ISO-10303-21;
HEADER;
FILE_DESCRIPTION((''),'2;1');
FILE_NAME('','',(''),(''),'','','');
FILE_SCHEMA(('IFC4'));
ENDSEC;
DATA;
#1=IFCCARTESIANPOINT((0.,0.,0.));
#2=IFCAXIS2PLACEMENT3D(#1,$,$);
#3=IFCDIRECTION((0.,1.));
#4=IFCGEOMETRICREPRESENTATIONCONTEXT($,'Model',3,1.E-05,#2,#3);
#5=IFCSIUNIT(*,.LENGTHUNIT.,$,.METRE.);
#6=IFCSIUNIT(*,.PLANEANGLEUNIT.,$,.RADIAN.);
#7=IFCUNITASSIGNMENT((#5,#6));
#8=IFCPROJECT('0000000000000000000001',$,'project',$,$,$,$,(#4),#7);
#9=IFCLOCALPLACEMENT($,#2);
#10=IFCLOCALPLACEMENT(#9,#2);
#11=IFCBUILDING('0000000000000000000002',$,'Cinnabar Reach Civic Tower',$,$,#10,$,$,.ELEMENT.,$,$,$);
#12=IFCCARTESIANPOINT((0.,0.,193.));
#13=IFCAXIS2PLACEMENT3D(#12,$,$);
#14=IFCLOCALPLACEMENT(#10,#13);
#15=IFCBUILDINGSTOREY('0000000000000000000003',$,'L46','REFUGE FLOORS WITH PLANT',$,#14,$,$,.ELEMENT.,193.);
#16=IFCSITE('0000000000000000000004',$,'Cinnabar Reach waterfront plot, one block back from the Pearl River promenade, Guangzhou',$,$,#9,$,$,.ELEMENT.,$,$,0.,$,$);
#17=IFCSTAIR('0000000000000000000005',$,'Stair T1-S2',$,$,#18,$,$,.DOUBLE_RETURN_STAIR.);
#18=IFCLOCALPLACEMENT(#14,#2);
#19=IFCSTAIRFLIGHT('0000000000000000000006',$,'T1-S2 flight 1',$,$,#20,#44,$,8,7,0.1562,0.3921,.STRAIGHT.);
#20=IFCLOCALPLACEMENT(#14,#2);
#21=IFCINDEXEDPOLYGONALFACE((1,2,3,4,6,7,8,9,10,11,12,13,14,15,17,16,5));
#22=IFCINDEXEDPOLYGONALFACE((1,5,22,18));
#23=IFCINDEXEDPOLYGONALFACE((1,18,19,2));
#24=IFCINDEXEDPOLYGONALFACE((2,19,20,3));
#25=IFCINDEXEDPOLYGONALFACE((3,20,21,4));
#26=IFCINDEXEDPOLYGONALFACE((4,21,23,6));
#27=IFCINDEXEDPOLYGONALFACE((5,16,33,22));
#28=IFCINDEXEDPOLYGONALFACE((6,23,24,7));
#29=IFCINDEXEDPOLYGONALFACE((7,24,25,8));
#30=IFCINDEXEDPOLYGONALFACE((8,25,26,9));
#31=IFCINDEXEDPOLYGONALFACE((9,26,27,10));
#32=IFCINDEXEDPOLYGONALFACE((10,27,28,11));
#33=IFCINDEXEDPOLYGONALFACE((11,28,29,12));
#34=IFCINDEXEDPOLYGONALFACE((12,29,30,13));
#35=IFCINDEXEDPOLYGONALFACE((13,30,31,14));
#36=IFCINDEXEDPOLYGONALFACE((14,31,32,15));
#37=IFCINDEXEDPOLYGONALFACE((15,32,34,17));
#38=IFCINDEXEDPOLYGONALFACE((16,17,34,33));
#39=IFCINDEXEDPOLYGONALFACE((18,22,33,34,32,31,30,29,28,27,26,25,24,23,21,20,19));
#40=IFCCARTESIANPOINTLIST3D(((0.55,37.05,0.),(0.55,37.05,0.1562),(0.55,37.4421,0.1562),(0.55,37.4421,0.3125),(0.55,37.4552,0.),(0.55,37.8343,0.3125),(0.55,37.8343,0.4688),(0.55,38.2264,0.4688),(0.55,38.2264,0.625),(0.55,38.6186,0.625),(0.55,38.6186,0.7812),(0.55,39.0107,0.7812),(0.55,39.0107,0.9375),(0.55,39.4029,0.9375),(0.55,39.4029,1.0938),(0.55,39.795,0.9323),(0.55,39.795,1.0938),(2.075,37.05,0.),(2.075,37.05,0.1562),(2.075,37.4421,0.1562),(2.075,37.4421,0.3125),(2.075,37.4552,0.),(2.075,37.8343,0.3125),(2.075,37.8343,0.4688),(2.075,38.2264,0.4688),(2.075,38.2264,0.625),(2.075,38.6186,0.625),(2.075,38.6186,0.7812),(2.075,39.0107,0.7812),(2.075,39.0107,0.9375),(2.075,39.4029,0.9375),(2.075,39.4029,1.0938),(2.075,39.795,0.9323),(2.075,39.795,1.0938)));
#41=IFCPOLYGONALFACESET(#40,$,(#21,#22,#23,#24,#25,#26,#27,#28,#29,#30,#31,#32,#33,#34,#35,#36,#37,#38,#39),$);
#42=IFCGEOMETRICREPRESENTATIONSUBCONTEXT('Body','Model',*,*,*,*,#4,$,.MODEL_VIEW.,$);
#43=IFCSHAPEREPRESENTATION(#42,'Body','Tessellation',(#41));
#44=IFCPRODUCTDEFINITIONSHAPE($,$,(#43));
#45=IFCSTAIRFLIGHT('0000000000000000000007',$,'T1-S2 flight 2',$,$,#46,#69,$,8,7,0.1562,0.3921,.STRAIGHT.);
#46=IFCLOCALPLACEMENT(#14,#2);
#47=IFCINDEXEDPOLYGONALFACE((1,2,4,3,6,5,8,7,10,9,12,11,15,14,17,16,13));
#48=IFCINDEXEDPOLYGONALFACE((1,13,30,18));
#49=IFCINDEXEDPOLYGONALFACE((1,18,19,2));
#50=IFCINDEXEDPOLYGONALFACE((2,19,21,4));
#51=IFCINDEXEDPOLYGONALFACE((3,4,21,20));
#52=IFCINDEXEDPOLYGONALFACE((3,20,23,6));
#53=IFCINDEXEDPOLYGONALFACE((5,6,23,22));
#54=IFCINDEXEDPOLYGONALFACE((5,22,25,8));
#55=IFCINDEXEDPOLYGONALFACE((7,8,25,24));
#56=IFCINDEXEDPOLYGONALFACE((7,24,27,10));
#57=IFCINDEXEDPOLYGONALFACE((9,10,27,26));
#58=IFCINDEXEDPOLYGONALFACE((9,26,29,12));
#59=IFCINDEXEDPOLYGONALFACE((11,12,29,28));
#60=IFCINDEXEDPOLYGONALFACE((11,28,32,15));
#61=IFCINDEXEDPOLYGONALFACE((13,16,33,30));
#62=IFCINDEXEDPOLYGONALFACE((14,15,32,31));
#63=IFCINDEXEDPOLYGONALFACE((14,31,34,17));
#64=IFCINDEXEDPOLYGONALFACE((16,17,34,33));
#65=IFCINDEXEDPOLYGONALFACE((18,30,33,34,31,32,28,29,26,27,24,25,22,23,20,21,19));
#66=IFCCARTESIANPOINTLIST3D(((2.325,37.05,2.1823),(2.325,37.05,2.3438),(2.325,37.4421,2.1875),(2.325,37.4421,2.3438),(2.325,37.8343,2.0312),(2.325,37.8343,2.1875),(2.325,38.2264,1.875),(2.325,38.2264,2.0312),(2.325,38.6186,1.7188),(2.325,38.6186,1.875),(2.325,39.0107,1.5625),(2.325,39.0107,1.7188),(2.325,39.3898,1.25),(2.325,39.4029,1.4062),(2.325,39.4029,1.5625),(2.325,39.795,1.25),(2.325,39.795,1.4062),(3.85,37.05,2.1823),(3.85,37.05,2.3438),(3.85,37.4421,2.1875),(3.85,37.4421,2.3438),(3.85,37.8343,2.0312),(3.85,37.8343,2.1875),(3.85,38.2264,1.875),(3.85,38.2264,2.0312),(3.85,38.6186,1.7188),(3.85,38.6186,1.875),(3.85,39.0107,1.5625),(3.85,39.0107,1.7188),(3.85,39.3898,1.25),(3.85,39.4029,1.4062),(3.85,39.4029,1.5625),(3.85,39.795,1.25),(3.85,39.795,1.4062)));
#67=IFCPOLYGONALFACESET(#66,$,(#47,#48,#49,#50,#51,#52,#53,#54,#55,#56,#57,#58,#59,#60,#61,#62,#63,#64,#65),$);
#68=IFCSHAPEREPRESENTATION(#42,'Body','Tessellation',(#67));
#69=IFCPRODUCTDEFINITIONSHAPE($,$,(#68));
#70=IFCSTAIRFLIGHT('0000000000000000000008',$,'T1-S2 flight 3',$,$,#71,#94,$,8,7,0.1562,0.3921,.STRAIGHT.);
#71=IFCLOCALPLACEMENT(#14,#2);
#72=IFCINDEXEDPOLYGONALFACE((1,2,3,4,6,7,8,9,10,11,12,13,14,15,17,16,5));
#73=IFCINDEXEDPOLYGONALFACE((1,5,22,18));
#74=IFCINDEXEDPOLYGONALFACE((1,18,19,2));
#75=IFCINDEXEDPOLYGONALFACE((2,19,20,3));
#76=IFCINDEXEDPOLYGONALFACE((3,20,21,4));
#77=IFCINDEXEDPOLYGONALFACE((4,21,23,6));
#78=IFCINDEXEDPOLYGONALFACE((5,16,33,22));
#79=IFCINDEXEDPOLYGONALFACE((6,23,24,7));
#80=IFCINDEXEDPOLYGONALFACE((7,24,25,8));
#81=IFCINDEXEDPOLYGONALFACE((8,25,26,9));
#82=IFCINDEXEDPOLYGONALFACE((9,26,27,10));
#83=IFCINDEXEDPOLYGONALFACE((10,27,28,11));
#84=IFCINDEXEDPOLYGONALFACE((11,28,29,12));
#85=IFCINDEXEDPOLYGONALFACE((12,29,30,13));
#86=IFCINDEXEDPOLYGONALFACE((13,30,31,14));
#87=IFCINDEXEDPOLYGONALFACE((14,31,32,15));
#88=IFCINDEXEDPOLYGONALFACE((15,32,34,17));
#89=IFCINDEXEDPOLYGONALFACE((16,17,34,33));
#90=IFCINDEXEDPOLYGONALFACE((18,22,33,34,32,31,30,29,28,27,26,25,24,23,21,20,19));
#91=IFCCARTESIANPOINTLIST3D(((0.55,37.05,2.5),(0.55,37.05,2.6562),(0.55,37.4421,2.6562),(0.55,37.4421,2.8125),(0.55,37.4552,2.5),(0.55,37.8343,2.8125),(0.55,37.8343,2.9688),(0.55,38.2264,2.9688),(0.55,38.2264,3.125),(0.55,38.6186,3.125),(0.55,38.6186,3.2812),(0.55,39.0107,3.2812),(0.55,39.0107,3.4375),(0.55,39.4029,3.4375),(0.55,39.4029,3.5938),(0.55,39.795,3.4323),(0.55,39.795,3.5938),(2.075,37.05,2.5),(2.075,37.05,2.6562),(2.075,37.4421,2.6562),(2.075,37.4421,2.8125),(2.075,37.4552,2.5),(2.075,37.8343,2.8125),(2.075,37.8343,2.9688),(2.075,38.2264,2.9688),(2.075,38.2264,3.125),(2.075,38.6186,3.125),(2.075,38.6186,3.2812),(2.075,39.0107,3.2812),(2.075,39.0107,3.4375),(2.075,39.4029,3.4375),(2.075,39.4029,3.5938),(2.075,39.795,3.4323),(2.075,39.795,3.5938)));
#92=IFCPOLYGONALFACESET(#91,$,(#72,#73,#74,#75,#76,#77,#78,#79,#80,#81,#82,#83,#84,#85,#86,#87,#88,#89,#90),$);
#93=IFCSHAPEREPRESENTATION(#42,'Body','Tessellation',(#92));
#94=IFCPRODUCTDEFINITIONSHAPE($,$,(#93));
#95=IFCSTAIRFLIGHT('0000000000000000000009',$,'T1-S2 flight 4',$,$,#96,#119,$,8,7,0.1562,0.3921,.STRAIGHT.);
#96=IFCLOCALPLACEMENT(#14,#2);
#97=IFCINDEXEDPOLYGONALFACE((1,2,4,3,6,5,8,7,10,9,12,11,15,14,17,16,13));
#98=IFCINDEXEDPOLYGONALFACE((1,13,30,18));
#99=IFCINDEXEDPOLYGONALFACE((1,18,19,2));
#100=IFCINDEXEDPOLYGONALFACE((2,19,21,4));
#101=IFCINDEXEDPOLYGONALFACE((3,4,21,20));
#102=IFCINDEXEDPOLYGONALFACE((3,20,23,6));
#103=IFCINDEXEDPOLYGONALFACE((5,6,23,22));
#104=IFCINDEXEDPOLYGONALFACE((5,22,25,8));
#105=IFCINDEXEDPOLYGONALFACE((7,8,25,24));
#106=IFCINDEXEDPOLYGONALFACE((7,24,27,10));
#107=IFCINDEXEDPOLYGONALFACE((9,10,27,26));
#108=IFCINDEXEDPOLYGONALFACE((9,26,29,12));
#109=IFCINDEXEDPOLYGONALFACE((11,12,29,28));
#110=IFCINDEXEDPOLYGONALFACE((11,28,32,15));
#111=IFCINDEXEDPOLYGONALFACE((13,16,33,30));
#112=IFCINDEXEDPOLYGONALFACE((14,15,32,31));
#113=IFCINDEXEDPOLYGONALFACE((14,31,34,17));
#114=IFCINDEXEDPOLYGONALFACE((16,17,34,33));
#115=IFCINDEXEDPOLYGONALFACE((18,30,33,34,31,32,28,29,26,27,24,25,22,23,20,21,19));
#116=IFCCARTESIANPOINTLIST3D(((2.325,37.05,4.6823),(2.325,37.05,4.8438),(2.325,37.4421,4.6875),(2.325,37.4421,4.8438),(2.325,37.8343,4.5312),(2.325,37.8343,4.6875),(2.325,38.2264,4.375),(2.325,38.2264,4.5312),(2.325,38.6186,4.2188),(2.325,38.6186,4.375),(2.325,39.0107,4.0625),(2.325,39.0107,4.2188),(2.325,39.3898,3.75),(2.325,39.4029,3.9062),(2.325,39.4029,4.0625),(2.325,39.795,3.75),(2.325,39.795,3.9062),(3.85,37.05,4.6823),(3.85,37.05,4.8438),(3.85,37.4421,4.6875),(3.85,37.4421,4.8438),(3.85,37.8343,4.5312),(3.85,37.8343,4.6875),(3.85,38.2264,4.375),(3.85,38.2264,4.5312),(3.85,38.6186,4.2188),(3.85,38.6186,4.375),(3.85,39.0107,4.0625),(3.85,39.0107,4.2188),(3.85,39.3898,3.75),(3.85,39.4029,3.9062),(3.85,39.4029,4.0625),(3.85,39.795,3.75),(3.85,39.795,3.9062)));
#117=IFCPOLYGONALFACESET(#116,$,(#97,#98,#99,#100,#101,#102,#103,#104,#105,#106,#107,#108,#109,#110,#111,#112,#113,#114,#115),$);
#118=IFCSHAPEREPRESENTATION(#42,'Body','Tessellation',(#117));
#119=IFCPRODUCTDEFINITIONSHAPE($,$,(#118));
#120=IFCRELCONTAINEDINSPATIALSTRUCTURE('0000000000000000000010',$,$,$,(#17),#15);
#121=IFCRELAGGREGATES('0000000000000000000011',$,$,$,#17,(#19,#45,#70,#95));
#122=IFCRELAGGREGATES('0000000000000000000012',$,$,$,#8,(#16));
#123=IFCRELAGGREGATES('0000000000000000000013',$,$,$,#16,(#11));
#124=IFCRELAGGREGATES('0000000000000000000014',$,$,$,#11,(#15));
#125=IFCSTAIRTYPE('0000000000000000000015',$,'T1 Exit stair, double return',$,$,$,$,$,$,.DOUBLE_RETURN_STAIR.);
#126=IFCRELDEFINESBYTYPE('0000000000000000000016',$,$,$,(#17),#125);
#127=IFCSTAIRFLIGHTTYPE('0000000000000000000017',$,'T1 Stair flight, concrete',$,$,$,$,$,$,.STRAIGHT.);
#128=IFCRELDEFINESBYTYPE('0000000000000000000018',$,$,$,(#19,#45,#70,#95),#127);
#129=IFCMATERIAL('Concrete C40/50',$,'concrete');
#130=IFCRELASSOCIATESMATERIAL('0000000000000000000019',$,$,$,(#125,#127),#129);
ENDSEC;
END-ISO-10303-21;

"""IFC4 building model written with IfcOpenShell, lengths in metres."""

from ifc_helpers import new_model, si_unit, direction, frame, origin, place, context, subcontext, project, spatial, polyline, outline, extrude, material, type_object, element, aggregate, save


model = new_model("IFC4")

# Units and contexts
model_context = context("Model", 3, precision=1e-05, world=origin(), true_north=direction((0.0, 1.0)))
body_context = subcontext(model_context, "Body", "Model", "MODEL_VIEW")
ifc_project = project(units=[si_unit("LENGTHUNIT", "METRE"), si_unit("PLANEANGLEUNIT", "RADIAN")], contexts=[model_context])

# Site, building, storey
site_placement = place(None, origin())
site = spatial("IfcSite", under=ifc_project, at=site_placement, Name="Cinnabar Reach waterfront plot, one block back from the Pearl River promenade, Guangzhou", CompositionType="ELEMENT", RefElevation=0.0)
building_placement = place(site_placement, origin())
building = spatial("IfcBuilding", under=site, at=building_placement, Name="Cinnabar Reach Civic Tower", CompositionType="ELEMENT")
storey_placement = place(building_placement, frame((0.0, 0.0, 193.0)))
storey = spatial("IfcBuildingStorey", under=building, at=storey_placement, Name="L46", Description="REFUGE FLOORS WITH PLANT", CompositionType="ELEMENT", Elevation=193.0)

# Shared definitions
ifc_material_1 = material(Name="Concrete C40/50", Category="concrete")

# Stair, stair flights
stair_type = type_object("IfcStairType", Name="T1 Exit stair, double return", PredefinedType="DOUBLE_RETURN_STAIR", material=ifc_material_1)
stair_placement = place(storey_placement, origin())
stair = element("IfcStair", 1, at=stair_placement, inside=storey, type_object=stair_type, Name="Stair T1-S2", PredefinedType="DOUBLE_RETURN_STAIR")
stair_flight_type = type_object("IfcStairFlightType", Name="T1 Stair flight, concrete", PredefinedType="STRAIGHT", material=ifc_material_1)
stair_flight_1_placement = place(storey_placement, frame((1.3125, 37.05, 0.0), z_axis=(0.0, 0.0, 1.0), x_axis=(0.0, 1.0, 0.0)))
stair_flight_1 = element("IfcStairFlight", 2, at=stair_flight_1_placement, type_object=stair_flight_type, Name="T1-S2 flight 1", NumberOfRisers=8, NumberOfTreads=7, PredefinedType="STRAIGHT", RiserHeight=0.1562, TreadLength=0.3921, context=body_context, shape_type="SweptSolid", body=[
    extrude(outline(polyline([(0.0, 0.0), (0.0, 0.1562), (0.3921, 0.1562), (0.3921, 0.3125), (0.7843, 0.3125), (0.7843, 0.4688), (1.1764, 0.4688), (1.1764, 0.625), (1.5686, 0.625), (1.5686, 0.7812), (1.9607, 0.7812), (1.9607, 0.9375), (2.3529, 0.9375), (2.3529, 1.0938), (2.745, 1.0938), (2.745, 1.25), (2.745, 0.9323), (0.4052, 0.0), (0.0, 0.0)])), frame((0.0, 0.7625, 0.0), z_axis=(0.0, -1.0, 0.0), x_axis=(1.0, 0.0, 0.0)), (0.0, 0.0, 1.0), 1.525),
])
stair_flight_2_placement = place(storey_placement, frame((3.0875, 39.795, 1.25), z_axis=(0.0, 0.0, 1.0), x_axis=(0.0, -1.0, 0.0)))
stair_flight_2 = element("IfcStairFlight", 3, at=stair_flight_2_placement, type_object=stair_flight_type, Name="T1-S2 flight 2", NumberOfRisers=8, NumberOfTreads=7, PredefinedType="STRAIGHT", RiserHeight=0.1562, TreadLength=0.3921, context=body_context, shape_type="SweptSolid", body=[
    extrude(outline(polyline([(0.0, 0.0), (0.0, 0.1562), (0.3921, 0.1562), (0.3921, 0.3125), (0.7843, 0.3125), (0.7843, 0.4688), (1.1764, 0.4688), (1.1764, 0.625), (1.5686, 0.625), (1.5686, 0.7812), (1.9607, 0.7812), (1.9607, 0.9375), (2.3529, 0.9375), (2.3529, 1.0938), (2.745, 1.0938), (2.745, 1.25), (2.745, 0.9323), (0.4052, 0.0), (0.0, 0.0)])), frame((0.0, 0.7625, 0.0), z_axis=(0.0, -1.0, 0.0), x_axis=(1.0, 0.0, 0.0)), (0.0, 0.0, 1.0), 1.525),
])
stair_flight_3_placement = place(storey_placement, frame((1.3125, 37.05, 2.5), z_axis=(0.0, 0.0, 1.0), x_axis=(0.0, 1.0, 0.0)))
stair_flight_3 = element("IfcStairFlight", 4, at=stair_flight_3_placement, type_object=stair_flight_type, Name="T1-S2 flight 3", NumberOfRisers=8, NumberOfTreads=7, PredefinedType="STRAIGHT", RiserHeight=0.1562, TreadLength=0.3921, context=body_context, shape_type="SweptSolid", body=[
    extrude(outline(polyline([(0.0, 0.0), (0.0, 0.1562), (0.3921, 0.1562), (0.3921, 0.3125), (0.7843, 0.3125), (0.7843, 0.4688), (1.1764, 0.4688), (1.1764, 0.625), (1.5686, 0.625), (1.5686, 0.7812), (1.9607, 0.7812), (1.9607, 0.9375), (2.3529, 0.9375), (2.3529, 1.0938), (2.745, 1.0938), (2.745, 1.25), (2.745, 0.9323), (0.4052, 0.0), (0.0, 0.0)])), frame((0.0, 0.7625, 0.0), z_axis=(0.0, -1.0, 0.0), x_axis=(1.0, 0.0, 0.0)), (0.0, 0.0, 1.0), 1.525),
])
stair_flight_4_placement = place(storey_placement, frame((3.0875, 39.795, 3.75), z_axis=(0.0, 0.0, 1.0), x_axis=(0.0, -1.0, 0.0)))
stair_flight_4 = element("IfcStairFlight", 5, at=stair_flight_4_placement, type_object=stair_flight_type, Name="T1-S2 flight 4", NumberOfRisers=8, NumberOfTreads=7, PredefinedType="STRAIGHT", RiserHeight=0.1562, TreadLength=0.3921, context=body_context, shape_type="SweptSolid", body=[
    extrude(outline(polyline([(0.0, 0.0), (0.0, 0.1562), (0.3921, 0.1562), (0.3921, 0.3125), (0.7843, 0.3125), (0.7843, 0.4688), (1.1764, 0.4688), (1.1764, 0.625), (1.5686, 0.625), (1.5686, 0.7812), (1.9607, 0.7812), (1.9607, 0.9375), (2.3529, 0.9375), (2.3529, 1.0938), (2.745, 1.0938), (2.745, 1.25), (2.745, 0.9323), (0.4052, 0.0), (0.0, 0.0)])), frame((0.0, 0.7625, 0.0), z_axis=(0.0, -1.0, 0.0), x_axis=(1.0, 0.0, 0.0)), (0.0, 0.0, 1.0), 1.525),
])
aggregate(stair, [stair_flight_1, stair_flight_2, stair_flight_3, stair_flight_4])

save(model, "model.ifc")
